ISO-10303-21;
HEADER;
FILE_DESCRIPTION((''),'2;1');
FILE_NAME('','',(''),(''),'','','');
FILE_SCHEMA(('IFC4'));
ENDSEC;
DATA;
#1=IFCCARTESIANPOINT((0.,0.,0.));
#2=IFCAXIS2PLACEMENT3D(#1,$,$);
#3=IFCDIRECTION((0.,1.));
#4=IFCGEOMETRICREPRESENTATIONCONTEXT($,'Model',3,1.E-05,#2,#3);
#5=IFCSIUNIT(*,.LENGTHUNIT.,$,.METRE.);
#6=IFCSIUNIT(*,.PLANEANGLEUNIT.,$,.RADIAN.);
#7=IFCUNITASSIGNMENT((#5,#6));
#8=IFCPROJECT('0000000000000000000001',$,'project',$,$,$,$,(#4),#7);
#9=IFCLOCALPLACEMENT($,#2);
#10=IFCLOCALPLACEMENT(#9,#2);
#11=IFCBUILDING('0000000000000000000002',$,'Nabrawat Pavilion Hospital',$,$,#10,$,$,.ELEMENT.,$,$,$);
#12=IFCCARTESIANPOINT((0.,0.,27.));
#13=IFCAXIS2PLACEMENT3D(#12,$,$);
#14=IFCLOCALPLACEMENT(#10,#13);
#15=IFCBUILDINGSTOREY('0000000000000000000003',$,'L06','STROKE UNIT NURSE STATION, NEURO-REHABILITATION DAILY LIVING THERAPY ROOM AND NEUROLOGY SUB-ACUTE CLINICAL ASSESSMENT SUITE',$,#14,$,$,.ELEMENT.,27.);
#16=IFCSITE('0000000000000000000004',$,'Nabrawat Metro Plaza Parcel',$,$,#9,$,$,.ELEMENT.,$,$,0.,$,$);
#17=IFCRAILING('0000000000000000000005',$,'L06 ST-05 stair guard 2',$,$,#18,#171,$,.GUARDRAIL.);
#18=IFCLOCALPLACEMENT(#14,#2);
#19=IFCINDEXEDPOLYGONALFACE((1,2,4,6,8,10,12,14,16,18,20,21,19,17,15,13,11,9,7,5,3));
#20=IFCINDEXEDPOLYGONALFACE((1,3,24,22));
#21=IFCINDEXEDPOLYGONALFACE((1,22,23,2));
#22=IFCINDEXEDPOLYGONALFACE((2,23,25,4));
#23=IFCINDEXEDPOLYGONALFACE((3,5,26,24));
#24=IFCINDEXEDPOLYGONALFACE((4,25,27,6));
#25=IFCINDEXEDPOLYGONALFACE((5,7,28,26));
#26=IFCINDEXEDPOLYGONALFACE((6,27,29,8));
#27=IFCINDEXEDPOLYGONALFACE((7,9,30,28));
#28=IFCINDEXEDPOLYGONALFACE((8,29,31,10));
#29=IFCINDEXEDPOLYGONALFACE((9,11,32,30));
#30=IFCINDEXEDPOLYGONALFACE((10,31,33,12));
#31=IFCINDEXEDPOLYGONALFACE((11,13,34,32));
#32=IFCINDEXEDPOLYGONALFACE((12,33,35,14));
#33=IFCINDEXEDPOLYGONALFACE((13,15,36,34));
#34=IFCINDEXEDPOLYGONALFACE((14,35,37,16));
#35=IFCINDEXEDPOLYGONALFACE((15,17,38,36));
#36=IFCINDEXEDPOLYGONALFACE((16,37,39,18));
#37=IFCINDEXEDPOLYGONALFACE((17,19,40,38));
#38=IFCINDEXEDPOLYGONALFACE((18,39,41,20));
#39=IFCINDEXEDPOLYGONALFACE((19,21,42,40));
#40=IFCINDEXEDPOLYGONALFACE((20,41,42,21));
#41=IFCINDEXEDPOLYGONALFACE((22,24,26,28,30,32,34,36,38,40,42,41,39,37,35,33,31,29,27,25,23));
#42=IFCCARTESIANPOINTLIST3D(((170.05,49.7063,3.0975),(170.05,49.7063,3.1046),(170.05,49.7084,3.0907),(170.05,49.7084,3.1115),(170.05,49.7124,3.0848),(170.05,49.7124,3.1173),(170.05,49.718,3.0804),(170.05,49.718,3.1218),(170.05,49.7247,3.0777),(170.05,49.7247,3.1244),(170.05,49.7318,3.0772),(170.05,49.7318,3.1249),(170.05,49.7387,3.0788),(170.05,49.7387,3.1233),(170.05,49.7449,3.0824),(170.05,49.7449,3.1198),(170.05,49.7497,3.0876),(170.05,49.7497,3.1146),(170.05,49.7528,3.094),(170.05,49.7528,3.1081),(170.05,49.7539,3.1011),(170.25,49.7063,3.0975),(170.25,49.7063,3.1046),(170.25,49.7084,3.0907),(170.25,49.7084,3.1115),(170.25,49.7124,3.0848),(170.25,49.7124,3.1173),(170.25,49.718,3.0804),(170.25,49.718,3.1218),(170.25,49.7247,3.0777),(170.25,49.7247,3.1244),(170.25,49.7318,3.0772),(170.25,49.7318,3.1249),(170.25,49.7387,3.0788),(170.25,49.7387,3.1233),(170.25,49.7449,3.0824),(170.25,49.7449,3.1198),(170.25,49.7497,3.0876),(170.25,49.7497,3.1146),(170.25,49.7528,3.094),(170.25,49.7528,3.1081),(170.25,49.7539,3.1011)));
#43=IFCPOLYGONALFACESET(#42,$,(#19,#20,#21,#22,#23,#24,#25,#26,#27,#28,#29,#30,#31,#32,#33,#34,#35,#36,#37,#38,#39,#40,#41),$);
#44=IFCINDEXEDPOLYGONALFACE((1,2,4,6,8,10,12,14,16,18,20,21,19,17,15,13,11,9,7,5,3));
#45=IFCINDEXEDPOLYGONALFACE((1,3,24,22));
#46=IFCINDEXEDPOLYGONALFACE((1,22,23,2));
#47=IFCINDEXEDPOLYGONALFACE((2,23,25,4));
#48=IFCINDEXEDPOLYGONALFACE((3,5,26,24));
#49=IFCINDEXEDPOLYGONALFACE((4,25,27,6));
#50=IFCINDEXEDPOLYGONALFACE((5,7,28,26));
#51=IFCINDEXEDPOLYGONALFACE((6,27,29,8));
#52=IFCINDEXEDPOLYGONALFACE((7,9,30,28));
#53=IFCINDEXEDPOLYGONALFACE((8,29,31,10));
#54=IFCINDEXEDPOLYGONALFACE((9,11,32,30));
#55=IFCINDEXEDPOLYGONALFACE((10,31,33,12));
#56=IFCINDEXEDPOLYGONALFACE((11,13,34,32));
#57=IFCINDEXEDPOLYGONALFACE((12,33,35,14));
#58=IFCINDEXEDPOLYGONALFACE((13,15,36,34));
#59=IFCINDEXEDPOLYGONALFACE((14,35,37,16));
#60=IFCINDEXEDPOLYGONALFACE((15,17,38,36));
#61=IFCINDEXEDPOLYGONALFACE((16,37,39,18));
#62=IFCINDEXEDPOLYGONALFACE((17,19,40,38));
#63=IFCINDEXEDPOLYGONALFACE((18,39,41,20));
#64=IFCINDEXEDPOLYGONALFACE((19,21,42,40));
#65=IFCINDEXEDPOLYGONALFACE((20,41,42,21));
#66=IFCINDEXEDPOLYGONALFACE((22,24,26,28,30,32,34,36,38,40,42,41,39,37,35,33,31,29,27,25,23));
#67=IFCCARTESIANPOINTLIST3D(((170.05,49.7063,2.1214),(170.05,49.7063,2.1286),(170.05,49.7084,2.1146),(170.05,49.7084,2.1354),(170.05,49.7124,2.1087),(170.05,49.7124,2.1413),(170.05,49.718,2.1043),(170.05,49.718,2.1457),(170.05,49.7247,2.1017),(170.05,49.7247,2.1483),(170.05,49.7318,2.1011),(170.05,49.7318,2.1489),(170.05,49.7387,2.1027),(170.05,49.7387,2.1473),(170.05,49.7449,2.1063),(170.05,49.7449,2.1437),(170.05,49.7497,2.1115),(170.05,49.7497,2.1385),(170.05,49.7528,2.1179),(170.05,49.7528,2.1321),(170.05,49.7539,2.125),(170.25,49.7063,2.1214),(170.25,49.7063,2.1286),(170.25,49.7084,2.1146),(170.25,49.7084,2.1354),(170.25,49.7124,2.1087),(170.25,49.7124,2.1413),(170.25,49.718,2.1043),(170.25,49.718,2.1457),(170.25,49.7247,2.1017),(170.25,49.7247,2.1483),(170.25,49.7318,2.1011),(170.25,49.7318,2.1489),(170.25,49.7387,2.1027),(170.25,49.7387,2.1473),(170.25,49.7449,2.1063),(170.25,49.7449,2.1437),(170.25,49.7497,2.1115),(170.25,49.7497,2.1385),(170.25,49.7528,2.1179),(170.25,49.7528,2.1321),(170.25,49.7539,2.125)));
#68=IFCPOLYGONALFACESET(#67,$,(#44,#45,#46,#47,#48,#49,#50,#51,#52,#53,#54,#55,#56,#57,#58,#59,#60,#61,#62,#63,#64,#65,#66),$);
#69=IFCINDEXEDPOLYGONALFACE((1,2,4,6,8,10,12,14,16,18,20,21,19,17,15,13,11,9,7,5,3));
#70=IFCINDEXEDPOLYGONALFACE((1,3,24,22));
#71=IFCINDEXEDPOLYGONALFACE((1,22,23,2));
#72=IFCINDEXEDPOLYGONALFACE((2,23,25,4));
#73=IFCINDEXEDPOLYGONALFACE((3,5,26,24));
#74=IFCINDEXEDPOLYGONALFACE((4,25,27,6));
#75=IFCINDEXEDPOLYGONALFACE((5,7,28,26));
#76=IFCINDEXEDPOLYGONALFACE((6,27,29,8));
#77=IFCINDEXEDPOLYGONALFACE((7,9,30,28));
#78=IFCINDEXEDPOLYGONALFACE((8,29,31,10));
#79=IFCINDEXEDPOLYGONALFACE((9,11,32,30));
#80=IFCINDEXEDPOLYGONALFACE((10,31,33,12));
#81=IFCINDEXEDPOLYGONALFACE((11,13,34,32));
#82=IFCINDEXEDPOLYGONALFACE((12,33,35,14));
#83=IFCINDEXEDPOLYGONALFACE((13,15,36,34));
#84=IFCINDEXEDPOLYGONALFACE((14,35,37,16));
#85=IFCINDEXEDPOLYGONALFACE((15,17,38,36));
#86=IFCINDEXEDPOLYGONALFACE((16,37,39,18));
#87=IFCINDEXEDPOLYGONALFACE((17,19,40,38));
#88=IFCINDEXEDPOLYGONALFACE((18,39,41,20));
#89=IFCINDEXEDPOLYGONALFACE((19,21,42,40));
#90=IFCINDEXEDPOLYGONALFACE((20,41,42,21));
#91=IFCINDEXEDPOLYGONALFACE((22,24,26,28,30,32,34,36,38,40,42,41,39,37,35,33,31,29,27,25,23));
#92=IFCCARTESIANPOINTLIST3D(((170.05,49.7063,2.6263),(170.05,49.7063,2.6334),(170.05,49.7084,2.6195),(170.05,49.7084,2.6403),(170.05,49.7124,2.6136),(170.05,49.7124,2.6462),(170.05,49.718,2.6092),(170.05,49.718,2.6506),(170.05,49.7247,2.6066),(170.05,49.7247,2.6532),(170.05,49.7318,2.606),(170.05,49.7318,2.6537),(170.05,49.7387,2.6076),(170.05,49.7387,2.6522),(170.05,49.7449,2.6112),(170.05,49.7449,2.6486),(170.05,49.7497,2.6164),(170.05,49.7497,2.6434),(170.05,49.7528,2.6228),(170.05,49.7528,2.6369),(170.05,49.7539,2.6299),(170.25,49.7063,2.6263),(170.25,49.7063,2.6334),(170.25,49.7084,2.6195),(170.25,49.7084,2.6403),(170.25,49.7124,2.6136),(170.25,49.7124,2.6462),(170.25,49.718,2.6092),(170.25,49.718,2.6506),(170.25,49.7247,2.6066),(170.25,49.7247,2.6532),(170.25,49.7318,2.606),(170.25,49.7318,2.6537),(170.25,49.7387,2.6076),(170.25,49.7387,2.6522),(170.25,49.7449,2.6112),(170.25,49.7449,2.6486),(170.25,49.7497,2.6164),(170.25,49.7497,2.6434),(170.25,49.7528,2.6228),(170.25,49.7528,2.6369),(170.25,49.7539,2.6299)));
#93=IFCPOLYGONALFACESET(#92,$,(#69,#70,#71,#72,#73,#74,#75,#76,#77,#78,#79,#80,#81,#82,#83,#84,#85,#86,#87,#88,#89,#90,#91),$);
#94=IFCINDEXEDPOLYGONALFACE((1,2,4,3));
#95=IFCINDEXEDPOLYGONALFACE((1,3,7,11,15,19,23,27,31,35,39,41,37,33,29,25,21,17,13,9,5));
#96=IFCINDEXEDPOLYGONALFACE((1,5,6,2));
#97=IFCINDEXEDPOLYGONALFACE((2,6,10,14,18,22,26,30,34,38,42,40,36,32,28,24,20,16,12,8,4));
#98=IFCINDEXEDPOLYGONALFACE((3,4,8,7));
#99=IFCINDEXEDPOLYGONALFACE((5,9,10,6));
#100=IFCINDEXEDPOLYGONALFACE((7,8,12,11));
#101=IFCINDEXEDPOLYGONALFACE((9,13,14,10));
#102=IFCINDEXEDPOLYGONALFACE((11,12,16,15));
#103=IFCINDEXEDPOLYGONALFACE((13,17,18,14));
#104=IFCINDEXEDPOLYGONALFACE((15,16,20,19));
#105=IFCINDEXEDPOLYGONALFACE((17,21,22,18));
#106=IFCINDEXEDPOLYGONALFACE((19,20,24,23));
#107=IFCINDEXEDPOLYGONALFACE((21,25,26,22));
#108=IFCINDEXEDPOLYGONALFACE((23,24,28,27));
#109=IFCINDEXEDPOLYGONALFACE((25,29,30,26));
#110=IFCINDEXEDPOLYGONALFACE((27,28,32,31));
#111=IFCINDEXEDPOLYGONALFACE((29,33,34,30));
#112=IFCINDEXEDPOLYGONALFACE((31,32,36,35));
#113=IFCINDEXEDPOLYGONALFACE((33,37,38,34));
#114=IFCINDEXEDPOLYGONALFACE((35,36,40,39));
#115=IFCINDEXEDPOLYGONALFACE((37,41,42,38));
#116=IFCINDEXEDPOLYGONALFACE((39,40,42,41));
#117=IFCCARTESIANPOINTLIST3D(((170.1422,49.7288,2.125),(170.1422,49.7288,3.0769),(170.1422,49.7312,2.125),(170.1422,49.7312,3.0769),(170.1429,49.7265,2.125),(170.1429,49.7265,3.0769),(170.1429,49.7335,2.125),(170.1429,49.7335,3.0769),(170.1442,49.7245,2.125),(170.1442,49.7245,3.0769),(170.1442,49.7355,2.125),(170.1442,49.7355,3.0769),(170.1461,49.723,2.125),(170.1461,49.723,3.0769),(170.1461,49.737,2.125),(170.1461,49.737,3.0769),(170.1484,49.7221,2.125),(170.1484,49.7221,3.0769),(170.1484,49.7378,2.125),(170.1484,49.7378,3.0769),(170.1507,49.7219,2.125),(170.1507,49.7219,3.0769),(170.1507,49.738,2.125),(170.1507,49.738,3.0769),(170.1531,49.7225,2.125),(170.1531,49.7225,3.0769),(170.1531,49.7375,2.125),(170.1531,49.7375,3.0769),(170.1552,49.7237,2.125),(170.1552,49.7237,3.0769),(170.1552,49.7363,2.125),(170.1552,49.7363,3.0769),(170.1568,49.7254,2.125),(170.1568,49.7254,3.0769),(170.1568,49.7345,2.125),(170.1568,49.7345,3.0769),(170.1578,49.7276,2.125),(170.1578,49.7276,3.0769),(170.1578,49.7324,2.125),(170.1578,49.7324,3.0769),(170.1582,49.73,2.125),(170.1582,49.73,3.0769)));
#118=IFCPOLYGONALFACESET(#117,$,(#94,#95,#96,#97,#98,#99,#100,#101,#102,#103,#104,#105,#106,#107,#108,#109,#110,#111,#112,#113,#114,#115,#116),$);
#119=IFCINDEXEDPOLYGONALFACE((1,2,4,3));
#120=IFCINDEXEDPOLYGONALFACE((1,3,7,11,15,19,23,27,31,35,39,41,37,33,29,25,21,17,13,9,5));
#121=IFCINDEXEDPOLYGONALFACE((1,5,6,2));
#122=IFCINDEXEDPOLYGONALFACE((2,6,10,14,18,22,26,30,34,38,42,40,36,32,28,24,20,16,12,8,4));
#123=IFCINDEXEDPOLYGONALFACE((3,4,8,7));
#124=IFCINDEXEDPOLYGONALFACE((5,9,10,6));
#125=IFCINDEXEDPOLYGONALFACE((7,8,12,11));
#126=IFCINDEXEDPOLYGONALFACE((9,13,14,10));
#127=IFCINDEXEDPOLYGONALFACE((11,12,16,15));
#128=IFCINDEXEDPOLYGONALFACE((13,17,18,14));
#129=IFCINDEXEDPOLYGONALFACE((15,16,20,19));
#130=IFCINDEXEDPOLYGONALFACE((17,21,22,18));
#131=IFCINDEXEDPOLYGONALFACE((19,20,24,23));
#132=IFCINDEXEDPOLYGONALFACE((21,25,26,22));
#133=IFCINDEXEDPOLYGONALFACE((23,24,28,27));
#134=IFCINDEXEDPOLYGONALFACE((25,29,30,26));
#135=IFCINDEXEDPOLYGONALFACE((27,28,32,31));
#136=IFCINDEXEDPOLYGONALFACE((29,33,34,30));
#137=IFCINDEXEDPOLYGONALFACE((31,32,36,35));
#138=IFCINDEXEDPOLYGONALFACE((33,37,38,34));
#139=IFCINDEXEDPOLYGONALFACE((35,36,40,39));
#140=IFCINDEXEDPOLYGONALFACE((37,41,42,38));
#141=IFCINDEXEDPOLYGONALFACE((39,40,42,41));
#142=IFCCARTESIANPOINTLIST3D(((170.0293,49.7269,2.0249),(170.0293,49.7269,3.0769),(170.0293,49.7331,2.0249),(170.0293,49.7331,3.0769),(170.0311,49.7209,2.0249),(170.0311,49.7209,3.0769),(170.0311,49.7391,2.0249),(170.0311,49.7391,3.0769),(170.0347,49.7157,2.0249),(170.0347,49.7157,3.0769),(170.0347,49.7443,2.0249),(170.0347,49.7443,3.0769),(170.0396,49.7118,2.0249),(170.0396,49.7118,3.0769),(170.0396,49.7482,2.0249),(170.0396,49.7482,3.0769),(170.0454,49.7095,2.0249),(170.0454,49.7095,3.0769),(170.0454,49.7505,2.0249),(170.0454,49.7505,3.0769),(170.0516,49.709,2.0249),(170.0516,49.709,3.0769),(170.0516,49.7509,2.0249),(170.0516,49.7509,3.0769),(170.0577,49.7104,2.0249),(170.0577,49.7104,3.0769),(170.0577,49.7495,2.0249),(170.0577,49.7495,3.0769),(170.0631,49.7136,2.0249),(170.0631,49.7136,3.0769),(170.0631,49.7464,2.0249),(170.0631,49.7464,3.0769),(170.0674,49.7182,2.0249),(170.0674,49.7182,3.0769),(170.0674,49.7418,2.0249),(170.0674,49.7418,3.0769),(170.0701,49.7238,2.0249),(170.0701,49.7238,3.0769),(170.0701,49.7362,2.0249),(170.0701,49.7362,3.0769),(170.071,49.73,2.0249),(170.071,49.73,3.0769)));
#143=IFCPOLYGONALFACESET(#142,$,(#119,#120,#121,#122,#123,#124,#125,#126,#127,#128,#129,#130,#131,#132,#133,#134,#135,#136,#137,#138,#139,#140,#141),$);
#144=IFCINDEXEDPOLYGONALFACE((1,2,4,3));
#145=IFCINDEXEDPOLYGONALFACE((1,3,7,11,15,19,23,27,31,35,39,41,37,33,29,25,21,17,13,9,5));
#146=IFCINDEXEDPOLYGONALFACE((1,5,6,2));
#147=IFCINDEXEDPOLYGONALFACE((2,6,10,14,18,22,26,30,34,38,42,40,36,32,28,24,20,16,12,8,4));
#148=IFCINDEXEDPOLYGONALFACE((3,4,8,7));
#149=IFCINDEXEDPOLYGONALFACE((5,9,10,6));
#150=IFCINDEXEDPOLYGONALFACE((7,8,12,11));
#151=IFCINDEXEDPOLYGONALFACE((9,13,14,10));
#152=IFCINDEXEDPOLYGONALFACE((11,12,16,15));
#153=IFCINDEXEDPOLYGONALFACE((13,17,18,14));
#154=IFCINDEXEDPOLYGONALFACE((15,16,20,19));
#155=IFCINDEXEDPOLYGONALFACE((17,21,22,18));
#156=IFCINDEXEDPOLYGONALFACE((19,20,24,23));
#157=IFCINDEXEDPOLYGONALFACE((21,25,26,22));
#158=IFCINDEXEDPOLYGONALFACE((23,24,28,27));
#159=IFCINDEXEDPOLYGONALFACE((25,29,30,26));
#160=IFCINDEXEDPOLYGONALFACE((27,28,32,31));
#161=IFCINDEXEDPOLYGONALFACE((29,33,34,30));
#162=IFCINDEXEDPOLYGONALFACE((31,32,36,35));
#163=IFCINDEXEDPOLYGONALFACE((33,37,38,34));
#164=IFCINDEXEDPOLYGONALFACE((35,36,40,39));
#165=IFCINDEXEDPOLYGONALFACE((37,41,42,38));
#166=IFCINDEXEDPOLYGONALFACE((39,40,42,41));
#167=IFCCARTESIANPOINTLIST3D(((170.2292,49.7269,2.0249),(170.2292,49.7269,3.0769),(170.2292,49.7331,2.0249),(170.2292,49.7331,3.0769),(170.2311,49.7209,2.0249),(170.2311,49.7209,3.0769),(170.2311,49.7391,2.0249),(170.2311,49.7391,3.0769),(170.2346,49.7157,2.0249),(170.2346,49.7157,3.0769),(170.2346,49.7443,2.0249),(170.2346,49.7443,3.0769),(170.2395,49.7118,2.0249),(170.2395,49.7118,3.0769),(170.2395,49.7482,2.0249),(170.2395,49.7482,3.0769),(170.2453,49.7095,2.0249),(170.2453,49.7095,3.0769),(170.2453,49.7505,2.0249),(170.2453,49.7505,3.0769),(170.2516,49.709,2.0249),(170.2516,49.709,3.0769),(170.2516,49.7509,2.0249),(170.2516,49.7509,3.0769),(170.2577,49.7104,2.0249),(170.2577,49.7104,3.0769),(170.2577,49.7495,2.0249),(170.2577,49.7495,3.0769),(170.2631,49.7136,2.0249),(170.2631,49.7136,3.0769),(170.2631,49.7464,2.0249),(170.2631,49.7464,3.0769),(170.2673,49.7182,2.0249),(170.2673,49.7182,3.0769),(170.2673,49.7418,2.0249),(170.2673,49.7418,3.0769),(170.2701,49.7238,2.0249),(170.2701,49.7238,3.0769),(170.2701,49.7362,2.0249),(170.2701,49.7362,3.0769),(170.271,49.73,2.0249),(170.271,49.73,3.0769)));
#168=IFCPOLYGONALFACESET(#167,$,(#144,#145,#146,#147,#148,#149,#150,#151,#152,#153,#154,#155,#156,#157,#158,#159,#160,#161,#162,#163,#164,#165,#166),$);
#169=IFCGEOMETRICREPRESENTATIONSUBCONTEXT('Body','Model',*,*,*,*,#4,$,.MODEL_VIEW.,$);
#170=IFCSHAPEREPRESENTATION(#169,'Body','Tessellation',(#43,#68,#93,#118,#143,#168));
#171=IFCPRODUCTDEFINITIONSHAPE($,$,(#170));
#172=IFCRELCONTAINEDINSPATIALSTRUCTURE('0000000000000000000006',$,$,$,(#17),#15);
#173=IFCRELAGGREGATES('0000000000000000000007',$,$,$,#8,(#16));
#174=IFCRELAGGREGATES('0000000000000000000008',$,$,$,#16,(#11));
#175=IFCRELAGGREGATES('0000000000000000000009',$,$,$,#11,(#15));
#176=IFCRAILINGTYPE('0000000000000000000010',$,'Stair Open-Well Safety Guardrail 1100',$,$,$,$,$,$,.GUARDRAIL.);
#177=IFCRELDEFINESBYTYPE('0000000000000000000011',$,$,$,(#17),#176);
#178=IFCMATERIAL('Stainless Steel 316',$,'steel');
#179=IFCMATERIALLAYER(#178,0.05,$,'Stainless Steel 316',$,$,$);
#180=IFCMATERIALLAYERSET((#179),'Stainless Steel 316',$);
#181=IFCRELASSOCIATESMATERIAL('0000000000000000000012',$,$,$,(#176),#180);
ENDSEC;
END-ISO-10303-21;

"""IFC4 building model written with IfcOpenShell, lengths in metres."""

from ifc_helpers import new_model, si_unit, direction, frame, origin, origin_2d, place, context, subcontext, project, spatial, circle, extrude, material, layer, layer_set, type_object, element, save


model = new_model("IFC4")

# Units and contexts
model_context = context("Model", 3, precision=1e-05, world=origin(), true_north=direction((0.0, 1.0)))
body_context = subcontext(model_context, "Body", "Model", "MODEL_VIEW")
ifc_project = project(units=[si_unit("LENGTHUNIT", "METRE"), si_unit("PLANEANGLEUNIT", "RADIAN")], contexts=[model_context])

# Site, building, storey
site_placement = place(None, origin())
site = spatial("IfcSite", under=ifc_project, at=site_placement, Name="Nabrawat Metro Plaza Parcel", CompositionType="ELEMENT", RefElevation=0.0)
building_placement = place(site_placement, origin())
building = spatial("IfcBuilding", under=site, at=building_placement, Name="Nabrawat Pavilion Hospital", CompositionType="ELEMENT")
storey_placement = place(building_placement, frame((0.0, 0.0, 27.0)))
storey = spatial("IfcBuildingStorey", under=building, at=storey_placement, Name="L06", Description="STROKE UNIT NURSE STATION, NEURO-REHABILITATION DAILY LIVING THERAPY ROOM AND NEUROLOGY SUB-ACUTE CLINICAL ASSESSMENT SUITE", CompositionType="ELEMENT", Elevation=27.0)

# Railing
ifc_material_1 = material(Name="Stainless Steel 316", Category="steel")
ifc_layer_1 = layer(ifc_material_1, 0.05, Name="Stainless Steel 316")
ifc_layer_set_1 = layer_set([ifc_layer_1], Name="Stainless Steel 316")
railing_type_1 = type_object("IfcRailingType", Name="Stair Open-Well Safety Guardrail 1100", PredefinedType="GUARDRAIL", material=ifc_layer_set_1)
railing_1_placement = place(storey_placement, frame((170.05, 49.73, 2.0249)))
element("IfcRailing", 1, at=railing_1_placement, inside=storey, type_object=railing_type_1, Name="L06 ST-05 stair guard 2", PredefinedType="GUARDRAIL", context=body_context, shape_type="SweptSolid", body=[
    extrude(circle(Radius=0.0239, at=origin_2d()), frame((0.0, 0.0, 1.0762), z_axis=(1.0, 0.0, 0.0), x_axis=(0.0, 1.0, 0.0)), (0.0, 0.0, 1.0), 0.2),
    extrude(circle(Radius=0.0239, at=origin_2d()), frame((0.0, 0.0, 0.1001), z_axis=(1.0, 0.0, 0.0), x_axis=(0.0, 1.0, 0.0)), (0.0, 0.0, 1.0), 0.2),
    extrude(circle(Radius=0.0239, at=origin_2d()), frame((0.0, 0.0, 0.605), z_axis=(1.0, 0.0, 0.0), x_axis=(0.0, 1.0, 0.0)), (0.0, 0.0, 1.0), 0.2),
    extrude(circle(Radius=0.0081, at=origin_2d()), frame((0.1001, 0.0, 0.1001)), (0.0, 0.0, 1.0), 0.9519),
    extrude(circle(Radius=0.021, at=origin_2d()), origin(), (0.0, 0.0, 1.0), 1.052),
    extrude(circle(Radius=0.021, at=origin_2d()), frame((0.2, 0.0, 0.0)), (0.0, 0.0, 1.0), 1.052),
])

save(model, "model.ifc")
